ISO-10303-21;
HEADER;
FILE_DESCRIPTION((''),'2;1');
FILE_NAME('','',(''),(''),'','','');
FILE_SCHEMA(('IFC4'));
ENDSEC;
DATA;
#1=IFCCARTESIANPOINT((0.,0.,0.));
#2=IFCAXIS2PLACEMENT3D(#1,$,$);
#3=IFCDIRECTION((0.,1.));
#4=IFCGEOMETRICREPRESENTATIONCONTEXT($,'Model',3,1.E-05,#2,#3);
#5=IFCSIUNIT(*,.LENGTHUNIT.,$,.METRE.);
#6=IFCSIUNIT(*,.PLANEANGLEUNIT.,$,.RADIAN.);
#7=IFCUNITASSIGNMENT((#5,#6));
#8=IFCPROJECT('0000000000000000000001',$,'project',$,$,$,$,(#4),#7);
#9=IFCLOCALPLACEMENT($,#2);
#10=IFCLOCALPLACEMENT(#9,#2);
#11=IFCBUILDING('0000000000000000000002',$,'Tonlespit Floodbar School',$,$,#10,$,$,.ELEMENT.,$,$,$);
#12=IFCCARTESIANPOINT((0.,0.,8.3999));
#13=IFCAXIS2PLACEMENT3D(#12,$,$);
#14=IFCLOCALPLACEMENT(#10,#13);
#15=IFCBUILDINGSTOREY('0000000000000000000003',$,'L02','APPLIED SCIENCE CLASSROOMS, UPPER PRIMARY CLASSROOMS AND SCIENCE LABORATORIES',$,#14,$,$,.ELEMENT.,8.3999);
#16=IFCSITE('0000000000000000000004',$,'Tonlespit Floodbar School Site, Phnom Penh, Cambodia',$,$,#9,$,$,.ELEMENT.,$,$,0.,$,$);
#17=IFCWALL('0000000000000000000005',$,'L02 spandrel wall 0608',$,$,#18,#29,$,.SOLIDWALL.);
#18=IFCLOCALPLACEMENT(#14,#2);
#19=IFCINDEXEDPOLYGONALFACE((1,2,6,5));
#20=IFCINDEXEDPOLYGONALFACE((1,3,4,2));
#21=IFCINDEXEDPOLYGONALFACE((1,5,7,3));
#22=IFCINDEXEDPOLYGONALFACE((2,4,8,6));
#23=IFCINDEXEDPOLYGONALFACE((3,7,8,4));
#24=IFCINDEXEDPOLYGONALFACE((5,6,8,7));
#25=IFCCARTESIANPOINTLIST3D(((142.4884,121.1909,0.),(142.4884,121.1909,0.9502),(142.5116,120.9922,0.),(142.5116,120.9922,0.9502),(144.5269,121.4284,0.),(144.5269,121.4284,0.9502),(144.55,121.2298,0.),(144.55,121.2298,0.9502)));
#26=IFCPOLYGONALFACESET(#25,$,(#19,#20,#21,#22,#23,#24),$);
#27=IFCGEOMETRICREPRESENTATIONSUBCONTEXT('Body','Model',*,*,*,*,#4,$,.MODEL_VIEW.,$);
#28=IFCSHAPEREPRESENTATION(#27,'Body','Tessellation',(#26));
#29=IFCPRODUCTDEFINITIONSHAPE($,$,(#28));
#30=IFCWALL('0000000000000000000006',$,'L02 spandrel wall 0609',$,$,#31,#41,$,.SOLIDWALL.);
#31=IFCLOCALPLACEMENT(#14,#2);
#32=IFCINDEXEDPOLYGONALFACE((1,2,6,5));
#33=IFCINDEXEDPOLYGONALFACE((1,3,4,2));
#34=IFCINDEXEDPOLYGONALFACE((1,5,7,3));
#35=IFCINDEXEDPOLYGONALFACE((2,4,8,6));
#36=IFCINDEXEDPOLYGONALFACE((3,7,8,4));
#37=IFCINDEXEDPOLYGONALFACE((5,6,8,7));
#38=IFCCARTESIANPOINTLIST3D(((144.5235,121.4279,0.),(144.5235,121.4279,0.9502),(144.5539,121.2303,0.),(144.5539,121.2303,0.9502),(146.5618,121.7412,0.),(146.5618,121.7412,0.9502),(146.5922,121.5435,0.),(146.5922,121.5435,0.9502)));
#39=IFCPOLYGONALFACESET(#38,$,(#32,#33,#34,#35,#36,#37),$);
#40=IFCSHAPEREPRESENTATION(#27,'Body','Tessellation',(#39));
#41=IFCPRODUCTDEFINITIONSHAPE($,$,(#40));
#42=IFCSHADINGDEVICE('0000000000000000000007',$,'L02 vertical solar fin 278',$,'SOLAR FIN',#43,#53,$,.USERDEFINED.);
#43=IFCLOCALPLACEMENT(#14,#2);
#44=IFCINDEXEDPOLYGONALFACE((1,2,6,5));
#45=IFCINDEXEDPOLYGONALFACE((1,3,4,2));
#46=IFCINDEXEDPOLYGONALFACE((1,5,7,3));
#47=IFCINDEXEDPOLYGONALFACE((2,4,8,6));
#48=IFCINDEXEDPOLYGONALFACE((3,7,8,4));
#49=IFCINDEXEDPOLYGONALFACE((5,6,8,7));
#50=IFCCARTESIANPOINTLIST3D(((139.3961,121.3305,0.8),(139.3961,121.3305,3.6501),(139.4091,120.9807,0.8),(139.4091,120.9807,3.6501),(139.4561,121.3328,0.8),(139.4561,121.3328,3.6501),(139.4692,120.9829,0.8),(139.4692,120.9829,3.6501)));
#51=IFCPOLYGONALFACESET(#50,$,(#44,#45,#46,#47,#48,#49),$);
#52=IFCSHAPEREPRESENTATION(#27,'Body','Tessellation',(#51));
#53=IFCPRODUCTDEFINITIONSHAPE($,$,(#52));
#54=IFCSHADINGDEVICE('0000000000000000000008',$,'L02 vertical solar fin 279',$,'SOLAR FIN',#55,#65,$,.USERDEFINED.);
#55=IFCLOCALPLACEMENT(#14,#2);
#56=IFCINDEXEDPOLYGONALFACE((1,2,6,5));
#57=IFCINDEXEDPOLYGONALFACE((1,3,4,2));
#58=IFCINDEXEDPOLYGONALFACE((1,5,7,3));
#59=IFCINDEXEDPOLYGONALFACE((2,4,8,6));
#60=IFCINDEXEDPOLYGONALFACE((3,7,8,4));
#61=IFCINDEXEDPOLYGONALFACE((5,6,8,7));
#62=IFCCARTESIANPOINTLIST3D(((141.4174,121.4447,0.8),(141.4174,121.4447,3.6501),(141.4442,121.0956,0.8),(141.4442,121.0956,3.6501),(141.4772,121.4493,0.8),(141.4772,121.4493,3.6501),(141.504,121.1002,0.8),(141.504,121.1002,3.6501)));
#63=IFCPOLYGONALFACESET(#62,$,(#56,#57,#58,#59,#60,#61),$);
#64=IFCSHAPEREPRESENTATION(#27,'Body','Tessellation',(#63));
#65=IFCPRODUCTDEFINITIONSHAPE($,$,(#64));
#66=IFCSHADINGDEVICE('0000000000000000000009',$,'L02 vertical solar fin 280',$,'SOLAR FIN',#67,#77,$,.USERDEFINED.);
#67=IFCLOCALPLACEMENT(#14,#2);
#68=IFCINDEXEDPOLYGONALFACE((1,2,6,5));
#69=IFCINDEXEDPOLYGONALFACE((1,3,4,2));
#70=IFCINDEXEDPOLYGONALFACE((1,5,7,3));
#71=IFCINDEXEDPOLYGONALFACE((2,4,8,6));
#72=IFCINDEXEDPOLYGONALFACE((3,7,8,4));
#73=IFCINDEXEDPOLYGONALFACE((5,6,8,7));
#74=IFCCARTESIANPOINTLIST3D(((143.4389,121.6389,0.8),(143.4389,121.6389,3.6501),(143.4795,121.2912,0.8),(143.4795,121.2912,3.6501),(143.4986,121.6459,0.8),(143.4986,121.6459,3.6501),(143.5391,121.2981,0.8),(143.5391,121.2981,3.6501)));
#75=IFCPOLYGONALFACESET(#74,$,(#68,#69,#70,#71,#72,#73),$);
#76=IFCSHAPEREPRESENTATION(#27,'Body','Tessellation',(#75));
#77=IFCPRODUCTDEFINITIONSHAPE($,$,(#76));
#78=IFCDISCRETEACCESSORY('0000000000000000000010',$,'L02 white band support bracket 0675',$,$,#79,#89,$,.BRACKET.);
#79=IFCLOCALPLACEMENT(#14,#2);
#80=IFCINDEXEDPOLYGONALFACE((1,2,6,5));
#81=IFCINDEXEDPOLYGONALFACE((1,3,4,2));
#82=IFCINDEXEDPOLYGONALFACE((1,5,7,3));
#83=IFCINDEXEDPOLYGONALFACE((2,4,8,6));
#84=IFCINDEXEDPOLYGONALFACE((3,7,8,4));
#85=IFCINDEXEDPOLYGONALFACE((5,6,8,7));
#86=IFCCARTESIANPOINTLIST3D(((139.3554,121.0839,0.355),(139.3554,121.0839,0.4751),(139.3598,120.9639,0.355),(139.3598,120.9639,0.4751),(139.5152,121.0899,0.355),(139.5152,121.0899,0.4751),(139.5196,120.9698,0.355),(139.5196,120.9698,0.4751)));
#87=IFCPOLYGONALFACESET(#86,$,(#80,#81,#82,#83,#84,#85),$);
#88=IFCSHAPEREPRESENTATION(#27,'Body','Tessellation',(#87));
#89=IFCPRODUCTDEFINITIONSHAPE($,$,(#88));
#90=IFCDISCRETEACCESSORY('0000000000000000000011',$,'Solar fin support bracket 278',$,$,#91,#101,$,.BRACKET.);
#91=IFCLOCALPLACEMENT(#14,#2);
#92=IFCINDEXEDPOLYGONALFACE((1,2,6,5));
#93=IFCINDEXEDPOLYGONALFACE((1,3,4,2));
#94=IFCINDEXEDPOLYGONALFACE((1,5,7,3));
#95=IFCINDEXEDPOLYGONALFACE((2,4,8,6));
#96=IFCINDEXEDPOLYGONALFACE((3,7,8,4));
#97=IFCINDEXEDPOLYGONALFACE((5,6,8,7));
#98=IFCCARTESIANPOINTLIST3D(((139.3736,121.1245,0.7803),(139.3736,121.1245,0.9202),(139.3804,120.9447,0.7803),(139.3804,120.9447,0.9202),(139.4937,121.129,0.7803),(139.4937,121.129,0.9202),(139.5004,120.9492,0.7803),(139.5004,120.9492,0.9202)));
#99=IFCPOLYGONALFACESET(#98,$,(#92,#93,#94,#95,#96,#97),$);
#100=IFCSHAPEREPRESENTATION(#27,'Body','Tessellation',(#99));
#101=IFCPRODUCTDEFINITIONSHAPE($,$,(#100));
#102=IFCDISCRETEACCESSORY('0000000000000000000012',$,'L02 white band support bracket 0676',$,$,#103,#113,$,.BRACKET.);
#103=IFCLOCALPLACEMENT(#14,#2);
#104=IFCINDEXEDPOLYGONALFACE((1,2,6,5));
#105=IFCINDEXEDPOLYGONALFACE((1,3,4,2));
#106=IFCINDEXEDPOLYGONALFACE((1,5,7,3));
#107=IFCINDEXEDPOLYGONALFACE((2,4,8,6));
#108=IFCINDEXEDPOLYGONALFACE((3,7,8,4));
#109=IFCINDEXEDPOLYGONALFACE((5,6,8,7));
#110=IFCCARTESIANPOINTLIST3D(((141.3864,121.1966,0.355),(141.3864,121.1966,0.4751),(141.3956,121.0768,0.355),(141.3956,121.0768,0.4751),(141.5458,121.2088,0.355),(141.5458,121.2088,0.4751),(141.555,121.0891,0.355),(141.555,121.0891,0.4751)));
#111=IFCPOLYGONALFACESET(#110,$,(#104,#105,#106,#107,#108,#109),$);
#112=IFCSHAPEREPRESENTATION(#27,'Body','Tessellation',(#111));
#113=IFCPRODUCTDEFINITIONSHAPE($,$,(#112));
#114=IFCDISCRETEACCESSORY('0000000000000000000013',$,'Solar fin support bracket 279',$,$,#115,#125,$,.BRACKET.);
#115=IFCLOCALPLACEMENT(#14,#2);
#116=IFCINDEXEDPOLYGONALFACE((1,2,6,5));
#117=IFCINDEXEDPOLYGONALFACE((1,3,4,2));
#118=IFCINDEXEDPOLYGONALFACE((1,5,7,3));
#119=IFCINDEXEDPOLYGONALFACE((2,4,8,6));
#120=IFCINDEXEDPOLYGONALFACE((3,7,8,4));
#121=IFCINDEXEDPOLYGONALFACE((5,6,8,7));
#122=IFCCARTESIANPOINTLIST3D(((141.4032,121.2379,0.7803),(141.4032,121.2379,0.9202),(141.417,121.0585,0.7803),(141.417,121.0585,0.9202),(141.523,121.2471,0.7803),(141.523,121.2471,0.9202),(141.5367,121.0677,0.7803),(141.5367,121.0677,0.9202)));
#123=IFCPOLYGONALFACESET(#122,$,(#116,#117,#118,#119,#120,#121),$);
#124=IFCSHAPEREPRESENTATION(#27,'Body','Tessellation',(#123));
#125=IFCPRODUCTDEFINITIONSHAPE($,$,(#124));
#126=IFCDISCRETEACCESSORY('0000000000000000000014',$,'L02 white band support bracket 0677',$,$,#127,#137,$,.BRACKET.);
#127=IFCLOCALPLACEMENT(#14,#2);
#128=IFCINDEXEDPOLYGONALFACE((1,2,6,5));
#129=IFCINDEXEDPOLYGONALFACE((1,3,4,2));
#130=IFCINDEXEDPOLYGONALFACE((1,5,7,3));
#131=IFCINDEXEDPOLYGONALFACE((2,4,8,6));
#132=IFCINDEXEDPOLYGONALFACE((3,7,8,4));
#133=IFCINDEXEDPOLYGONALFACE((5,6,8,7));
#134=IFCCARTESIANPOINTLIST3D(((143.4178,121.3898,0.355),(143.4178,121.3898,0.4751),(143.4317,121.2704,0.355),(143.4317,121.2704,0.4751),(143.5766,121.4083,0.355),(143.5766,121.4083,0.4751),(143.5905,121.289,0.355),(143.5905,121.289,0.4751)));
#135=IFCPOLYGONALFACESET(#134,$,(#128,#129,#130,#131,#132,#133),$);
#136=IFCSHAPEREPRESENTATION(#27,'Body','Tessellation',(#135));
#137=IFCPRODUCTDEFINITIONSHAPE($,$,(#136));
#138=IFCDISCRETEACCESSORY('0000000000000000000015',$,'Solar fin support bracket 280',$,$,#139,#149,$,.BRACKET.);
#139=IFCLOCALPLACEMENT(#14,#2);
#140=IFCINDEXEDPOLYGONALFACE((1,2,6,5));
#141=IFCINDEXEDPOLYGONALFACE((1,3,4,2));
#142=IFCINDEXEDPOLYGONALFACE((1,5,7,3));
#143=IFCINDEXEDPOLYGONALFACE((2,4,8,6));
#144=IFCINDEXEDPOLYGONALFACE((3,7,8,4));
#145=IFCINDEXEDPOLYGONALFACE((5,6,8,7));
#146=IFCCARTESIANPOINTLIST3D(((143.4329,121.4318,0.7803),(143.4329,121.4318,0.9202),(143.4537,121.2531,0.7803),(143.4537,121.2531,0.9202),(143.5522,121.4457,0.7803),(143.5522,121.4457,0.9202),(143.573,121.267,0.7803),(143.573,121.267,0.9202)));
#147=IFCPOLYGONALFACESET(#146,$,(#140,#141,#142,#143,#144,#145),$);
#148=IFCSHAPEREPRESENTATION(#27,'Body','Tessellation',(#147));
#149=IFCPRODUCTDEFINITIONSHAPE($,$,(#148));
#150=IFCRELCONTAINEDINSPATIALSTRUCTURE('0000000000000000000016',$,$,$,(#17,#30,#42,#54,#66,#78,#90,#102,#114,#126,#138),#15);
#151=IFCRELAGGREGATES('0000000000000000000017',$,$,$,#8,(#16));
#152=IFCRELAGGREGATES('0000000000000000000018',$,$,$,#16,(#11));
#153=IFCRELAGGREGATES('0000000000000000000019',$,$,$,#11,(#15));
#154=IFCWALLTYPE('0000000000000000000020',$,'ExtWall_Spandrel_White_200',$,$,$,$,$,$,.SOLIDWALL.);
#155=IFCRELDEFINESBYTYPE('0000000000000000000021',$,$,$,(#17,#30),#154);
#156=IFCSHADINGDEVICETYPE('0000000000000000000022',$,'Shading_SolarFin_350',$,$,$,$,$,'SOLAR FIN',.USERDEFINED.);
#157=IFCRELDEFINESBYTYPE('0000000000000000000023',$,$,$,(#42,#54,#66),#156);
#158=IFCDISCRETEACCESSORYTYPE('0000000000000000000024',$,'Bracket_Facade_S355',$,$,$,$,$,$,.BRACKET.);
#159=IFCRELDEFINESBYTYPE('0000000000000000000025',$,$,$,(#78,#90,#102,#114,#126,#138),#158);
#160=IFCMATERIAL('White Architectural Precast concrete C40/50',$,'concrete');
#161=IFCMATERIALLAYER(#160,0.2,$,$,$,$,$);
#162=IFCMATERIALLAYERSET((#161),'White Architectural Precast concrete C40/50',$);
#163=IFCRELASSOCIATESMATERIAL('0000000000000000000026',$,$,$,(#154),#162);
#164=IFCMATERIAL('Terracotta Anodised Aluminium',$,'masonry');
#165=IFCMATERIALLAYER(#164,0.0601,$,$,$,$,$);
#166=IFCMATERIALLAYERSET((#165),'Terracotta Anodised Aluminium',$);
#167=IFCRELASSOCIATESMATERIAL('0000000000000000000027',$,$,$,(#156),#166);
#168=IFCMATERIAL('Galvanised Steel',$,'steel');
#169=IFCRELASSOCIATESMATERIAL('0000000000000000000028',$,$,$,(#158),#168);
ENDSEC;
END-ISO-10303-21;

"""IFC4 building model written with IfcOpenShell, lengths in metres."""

from ifc_helpers import new_model, si_unit, direction, frame, frame_2d, origin, origin_2d, place, context, subcontext, project, spatial, rectangle, extrude, material, layer, layer_set, type_object, element, save


model = new_model("IFC4")

# Units and contexts
model_context = context("Model", 3, precision=1e-05, world=origin(), true_north=direction((0.0, 1.0)))
body_context = subcontext(model_context, "Body", "Model", "MODEL_VIEW")
ifc_project = project(units=[si_unit("LENGTHUNIT", "METRE"), si_unit("PLANEANGLEUNIT", "RADIAN")], contexts=[model_context])

# Site, building, storey
site_placement = place(None, origin())
site = spatial("IfcSite", under=ifc_project, at=site_placement, Name="Tonlespit Floodbar School Site, Phnom Penh, Cambodia", CompositionType="ELEMENT", RefElevation=0.0)
building_placement = place(site_placement, origin())
building = spatial("IfcBuilding", under=site, at=building_placement, Name="Tonlespit Floodbar School", CompositionType="ELEMENT")
storey_placement = place(building_placement, frame((0.0, 0.0, 8.3999)))
storey = spatial("IfcBuildingStorey", under=building, at=storey_placement, Name="L02", Description="APPLIED SCIENCE CLASSROOMS, UPPER PRIMARY CLASSROOMS AND SCIENCE LABORATORIES", CompositionType="ELEMENT", Elevation=8.3999)

# Walls
ifc_material_1 = material(Name="White Architectural Precast concrete C40/50", Category="concrete")
ifc_layer_1 = layer(ifc_material_1, 0.2)
ifc_layer_set_1 = layer_set([ifc_layer_1], Name="White Architectural Precast concrete C40/50")
wall_type = type_object("IfcWallType", Name="ExtWall_Spandrel_White_200", PredefinedType="SOLIDWALL", material=ifc_layer_set_1)
wall_1_placement = place(storey_placement, frame((142.5, 121.0916, 0.0), z_axis=(0.0, 0.0, 1.0), x_axis=(0.993279, 0.115744, 0.0)))
element("IfcWall", 1, at=wall_1_placement, inside=storey, type_object=wall_type, Name="L02 spandrel wall 0608", PredefinedType="SOLIDWALL", context=body_context, shape_type="SweptSolid", body=[
    extrude(rectangle(XDim=2.0522, YDim=0.2, at=frame_2d((1.0261, 0.0))), origin(), (0.0, 0.0, 1.0), 0.9502),
])
wall_2_placement = place(storey_placement, frame((144.5386, 121.3291, 0.0), z_axis=(0.0, 0.0, 1.0), x_axis=(0.988398, 0.151888, 0.0)))
element("IfcWall", 2, at=wall_2_placement, inside=storey, type_object=wall_type, Name="L02 spandrel wall 0609", PredefinedType="SOLIDWALL", context=body_context, shape_type="SweptSolid", body=[
    extrude(rectangle(XDim=2.0623, YDim=0.2, at=frame_2d((1.0312, 0.0))), origin(), (0.0, 0.0, 1.0), 0.9502),
])

# Shading devices
ifc_material_2 = material(Name="Terracotta Anodised Aluminium", Category="masonry")
ifc_layer_2 = layer(ifc_material_2, 0.0601)
ifc_layer_set_2 = layer_set([ifc_layer_2], Name="Terracotta Anodised Aluminium")
shading_device_type = type_object("IfcShadingDeviceType", Name="Shading_SolarFin_350", ElementType="SOLAR FIN", PredefinedType="USERDEFINED", material=ifc_layer_set_2)
for number, where, z_axis, x_axis, name in (
    (3, (139.4326, 121.1567, 0.8), (0.0, 0.0, 1.0), (0.999302, 0.037355, 0.0), "L02 vertical solar fin 278"),
    (4, (141.4607, 121.2725, 0.8), (0.0, 0.0, 1.0), (0.997066, 0.076547, 0.0), "L02 vertical solar fin 279"),
    (5, (143.489, 121.4685, 0.8), (0.0, 0.0, 1.0), (0.993276, 0.115773, 0.0), "L02 vertical solar fin 280"),
):
    element("IfcShadingDevice", number, at=place(storey_placement, frame(where, z_axis=z_axis, x_axis=x_axis)), inside=storey, type_object=shading_device_type, Name=name, ObjectType="SOLAR FIN", PredefinedType="USERDEFINED", context=body_context, shape_type="SweptSolid", body=[
        extrude(rectangle(XDim=0.0601, YDim=0.3501, at=origin_2d()), origin(), (0.0, 0.0, 1.0), 2.8501),
    ])

# Discrete accessories
ifc_material_3 = material(Name="Galvanised Steel", Category="steel")
discrete_accessory_type = type_object("IfcDiscreteAccessoryType", Name="Bracket_Facade_S355", PredefinedType="BRACKET", material=ifc_material_3)
discrete_accessory_1_placement = place(storey_placement, frame((139.4375, 121.0269, 0.355), z_axis=(0.0, 0.0, 1.0), x_axis=(0.999302, 0.037355, 0.0)))
element("IfcDiscreteAccessory", 6, at=discrete_accessory_1_placement, inside=storey, type_object=discrete_accessory_type, Name="L02 white band support bracket 0675", PredefinedType="BRACKET", context=body_context, shape_type="SweptSolid", body=[
    extrude(rectangle(XDim=0.1599, YDim=0.1201, at=origin_2d()), origin(), (0.0, 0.0, 1.0), 0.1201),
])
discrete_accessory_2_placement = place(storey_placement, frame((139.437, 121.0369, 0.7803), z_axis=(0.0, 0.0, 1.0), x_axis=(0.999302, 0.037355, 0.0)))
element("IfcDiscreteAccessory", 7, at=discrete_accessory_2_placement, inside=storey, type_object=discrete_accessory_type, Name="Solar fin support bracket 278", PredefinedType="BRACKET", context=body_context, shape_type="SweptSolid", body=[
    extrude(rectangle(XDim=0.1201, YDim=0.1799, at=origin_2d()), origin(), (0.0, 0.0, 1.0), 0.1399),
])
discrete_accessory_3_placement = place(storey_placement, frame((141.4707, 121.1428, 0.355), z_axis=(0.0, 0.0, 1.0), x_axis=(0.997066, 0.076547, 0.0)))
element("IfcDiscreteAccessory", 8, at=discrete_accessory_3_placement, inside=storey, type_object=discrete_accessory_type, Name="L02 white band support bracket 0676", PredefinedType="BRACKET", context=body_context, shape_type="SweptSolid", body=[
    extrude(rectangle(XDim=0.1599, YDim=0.1201, at=origin_2d()), origin(), (0.0, 0.0, 1.0), 0.1201),
])
discrete_accessory_4_placement = place(storey_placement, frame((141.47, 121.1528, 0.7803), z_axis=(0.0, 0.0, 1.0), x_axis=(0.997066, 0.076547, 0.0)))
element("IfcDiscreteAccessory", 9, at=discrete_accessory_4_placement, inside=storey, type_object=discrete_accessory_type, Name="Solar fin support bracket 279", PredefinedType="BRACKET", context=body_context, shape_type="SweptSolid", body=[
    extrude(rectangle(XDim=0.1201, YDim=0.1799, at=origin_2d()), origin(), (0.0, 0.0, 1.0), 0.1399),
])
discrete_accessory_5_placement = place(storey_placement, frame((143.5042, 121.3394, 0.355), z_axis=(0.0, 0.0, 1.0), x_axis=(0.993276, 0.115773, 0.0)))
element("IfcDiscreteAccessory", 10, at=discrete_accessory_5_placement, inside=storey, type_object=discrete_accessory_type, Name="L02 white band support bracket 0677", PredefinedType="BRACKET", context=body_context, shape_type="SweptSolid", body=[
    extrude(rectangle(XDim=0.1599, YDim=0.1201, at=origin_2d()), origin(), (0.0, 0.0, 1.0), 0.1201),
])
discrete_accessory_6_placement = place(storey_placement, frame((143.5029, 121.3494, 0.7803), z_axis=(0.0, 0.0, 1.0), x_axis=(0.993276, 0.115773, 0.0)))
element("IfcDiscreteAccessory", 11, at=discrete_accessory_6_placement, inside=storey, type_object=discrete_accessory_type, Name="Solar fin support bracket 280", PredefinedType="BRACKET", context=body_context, shape_type="SweptSolid", body=[
    extrude(rectangle(XDim=0.1201, YDim=0.1799, at=origin_2d()), origin(), (0.0, 0.0, 1.0), 0.1399),
])

save(model, "model.ifc")
